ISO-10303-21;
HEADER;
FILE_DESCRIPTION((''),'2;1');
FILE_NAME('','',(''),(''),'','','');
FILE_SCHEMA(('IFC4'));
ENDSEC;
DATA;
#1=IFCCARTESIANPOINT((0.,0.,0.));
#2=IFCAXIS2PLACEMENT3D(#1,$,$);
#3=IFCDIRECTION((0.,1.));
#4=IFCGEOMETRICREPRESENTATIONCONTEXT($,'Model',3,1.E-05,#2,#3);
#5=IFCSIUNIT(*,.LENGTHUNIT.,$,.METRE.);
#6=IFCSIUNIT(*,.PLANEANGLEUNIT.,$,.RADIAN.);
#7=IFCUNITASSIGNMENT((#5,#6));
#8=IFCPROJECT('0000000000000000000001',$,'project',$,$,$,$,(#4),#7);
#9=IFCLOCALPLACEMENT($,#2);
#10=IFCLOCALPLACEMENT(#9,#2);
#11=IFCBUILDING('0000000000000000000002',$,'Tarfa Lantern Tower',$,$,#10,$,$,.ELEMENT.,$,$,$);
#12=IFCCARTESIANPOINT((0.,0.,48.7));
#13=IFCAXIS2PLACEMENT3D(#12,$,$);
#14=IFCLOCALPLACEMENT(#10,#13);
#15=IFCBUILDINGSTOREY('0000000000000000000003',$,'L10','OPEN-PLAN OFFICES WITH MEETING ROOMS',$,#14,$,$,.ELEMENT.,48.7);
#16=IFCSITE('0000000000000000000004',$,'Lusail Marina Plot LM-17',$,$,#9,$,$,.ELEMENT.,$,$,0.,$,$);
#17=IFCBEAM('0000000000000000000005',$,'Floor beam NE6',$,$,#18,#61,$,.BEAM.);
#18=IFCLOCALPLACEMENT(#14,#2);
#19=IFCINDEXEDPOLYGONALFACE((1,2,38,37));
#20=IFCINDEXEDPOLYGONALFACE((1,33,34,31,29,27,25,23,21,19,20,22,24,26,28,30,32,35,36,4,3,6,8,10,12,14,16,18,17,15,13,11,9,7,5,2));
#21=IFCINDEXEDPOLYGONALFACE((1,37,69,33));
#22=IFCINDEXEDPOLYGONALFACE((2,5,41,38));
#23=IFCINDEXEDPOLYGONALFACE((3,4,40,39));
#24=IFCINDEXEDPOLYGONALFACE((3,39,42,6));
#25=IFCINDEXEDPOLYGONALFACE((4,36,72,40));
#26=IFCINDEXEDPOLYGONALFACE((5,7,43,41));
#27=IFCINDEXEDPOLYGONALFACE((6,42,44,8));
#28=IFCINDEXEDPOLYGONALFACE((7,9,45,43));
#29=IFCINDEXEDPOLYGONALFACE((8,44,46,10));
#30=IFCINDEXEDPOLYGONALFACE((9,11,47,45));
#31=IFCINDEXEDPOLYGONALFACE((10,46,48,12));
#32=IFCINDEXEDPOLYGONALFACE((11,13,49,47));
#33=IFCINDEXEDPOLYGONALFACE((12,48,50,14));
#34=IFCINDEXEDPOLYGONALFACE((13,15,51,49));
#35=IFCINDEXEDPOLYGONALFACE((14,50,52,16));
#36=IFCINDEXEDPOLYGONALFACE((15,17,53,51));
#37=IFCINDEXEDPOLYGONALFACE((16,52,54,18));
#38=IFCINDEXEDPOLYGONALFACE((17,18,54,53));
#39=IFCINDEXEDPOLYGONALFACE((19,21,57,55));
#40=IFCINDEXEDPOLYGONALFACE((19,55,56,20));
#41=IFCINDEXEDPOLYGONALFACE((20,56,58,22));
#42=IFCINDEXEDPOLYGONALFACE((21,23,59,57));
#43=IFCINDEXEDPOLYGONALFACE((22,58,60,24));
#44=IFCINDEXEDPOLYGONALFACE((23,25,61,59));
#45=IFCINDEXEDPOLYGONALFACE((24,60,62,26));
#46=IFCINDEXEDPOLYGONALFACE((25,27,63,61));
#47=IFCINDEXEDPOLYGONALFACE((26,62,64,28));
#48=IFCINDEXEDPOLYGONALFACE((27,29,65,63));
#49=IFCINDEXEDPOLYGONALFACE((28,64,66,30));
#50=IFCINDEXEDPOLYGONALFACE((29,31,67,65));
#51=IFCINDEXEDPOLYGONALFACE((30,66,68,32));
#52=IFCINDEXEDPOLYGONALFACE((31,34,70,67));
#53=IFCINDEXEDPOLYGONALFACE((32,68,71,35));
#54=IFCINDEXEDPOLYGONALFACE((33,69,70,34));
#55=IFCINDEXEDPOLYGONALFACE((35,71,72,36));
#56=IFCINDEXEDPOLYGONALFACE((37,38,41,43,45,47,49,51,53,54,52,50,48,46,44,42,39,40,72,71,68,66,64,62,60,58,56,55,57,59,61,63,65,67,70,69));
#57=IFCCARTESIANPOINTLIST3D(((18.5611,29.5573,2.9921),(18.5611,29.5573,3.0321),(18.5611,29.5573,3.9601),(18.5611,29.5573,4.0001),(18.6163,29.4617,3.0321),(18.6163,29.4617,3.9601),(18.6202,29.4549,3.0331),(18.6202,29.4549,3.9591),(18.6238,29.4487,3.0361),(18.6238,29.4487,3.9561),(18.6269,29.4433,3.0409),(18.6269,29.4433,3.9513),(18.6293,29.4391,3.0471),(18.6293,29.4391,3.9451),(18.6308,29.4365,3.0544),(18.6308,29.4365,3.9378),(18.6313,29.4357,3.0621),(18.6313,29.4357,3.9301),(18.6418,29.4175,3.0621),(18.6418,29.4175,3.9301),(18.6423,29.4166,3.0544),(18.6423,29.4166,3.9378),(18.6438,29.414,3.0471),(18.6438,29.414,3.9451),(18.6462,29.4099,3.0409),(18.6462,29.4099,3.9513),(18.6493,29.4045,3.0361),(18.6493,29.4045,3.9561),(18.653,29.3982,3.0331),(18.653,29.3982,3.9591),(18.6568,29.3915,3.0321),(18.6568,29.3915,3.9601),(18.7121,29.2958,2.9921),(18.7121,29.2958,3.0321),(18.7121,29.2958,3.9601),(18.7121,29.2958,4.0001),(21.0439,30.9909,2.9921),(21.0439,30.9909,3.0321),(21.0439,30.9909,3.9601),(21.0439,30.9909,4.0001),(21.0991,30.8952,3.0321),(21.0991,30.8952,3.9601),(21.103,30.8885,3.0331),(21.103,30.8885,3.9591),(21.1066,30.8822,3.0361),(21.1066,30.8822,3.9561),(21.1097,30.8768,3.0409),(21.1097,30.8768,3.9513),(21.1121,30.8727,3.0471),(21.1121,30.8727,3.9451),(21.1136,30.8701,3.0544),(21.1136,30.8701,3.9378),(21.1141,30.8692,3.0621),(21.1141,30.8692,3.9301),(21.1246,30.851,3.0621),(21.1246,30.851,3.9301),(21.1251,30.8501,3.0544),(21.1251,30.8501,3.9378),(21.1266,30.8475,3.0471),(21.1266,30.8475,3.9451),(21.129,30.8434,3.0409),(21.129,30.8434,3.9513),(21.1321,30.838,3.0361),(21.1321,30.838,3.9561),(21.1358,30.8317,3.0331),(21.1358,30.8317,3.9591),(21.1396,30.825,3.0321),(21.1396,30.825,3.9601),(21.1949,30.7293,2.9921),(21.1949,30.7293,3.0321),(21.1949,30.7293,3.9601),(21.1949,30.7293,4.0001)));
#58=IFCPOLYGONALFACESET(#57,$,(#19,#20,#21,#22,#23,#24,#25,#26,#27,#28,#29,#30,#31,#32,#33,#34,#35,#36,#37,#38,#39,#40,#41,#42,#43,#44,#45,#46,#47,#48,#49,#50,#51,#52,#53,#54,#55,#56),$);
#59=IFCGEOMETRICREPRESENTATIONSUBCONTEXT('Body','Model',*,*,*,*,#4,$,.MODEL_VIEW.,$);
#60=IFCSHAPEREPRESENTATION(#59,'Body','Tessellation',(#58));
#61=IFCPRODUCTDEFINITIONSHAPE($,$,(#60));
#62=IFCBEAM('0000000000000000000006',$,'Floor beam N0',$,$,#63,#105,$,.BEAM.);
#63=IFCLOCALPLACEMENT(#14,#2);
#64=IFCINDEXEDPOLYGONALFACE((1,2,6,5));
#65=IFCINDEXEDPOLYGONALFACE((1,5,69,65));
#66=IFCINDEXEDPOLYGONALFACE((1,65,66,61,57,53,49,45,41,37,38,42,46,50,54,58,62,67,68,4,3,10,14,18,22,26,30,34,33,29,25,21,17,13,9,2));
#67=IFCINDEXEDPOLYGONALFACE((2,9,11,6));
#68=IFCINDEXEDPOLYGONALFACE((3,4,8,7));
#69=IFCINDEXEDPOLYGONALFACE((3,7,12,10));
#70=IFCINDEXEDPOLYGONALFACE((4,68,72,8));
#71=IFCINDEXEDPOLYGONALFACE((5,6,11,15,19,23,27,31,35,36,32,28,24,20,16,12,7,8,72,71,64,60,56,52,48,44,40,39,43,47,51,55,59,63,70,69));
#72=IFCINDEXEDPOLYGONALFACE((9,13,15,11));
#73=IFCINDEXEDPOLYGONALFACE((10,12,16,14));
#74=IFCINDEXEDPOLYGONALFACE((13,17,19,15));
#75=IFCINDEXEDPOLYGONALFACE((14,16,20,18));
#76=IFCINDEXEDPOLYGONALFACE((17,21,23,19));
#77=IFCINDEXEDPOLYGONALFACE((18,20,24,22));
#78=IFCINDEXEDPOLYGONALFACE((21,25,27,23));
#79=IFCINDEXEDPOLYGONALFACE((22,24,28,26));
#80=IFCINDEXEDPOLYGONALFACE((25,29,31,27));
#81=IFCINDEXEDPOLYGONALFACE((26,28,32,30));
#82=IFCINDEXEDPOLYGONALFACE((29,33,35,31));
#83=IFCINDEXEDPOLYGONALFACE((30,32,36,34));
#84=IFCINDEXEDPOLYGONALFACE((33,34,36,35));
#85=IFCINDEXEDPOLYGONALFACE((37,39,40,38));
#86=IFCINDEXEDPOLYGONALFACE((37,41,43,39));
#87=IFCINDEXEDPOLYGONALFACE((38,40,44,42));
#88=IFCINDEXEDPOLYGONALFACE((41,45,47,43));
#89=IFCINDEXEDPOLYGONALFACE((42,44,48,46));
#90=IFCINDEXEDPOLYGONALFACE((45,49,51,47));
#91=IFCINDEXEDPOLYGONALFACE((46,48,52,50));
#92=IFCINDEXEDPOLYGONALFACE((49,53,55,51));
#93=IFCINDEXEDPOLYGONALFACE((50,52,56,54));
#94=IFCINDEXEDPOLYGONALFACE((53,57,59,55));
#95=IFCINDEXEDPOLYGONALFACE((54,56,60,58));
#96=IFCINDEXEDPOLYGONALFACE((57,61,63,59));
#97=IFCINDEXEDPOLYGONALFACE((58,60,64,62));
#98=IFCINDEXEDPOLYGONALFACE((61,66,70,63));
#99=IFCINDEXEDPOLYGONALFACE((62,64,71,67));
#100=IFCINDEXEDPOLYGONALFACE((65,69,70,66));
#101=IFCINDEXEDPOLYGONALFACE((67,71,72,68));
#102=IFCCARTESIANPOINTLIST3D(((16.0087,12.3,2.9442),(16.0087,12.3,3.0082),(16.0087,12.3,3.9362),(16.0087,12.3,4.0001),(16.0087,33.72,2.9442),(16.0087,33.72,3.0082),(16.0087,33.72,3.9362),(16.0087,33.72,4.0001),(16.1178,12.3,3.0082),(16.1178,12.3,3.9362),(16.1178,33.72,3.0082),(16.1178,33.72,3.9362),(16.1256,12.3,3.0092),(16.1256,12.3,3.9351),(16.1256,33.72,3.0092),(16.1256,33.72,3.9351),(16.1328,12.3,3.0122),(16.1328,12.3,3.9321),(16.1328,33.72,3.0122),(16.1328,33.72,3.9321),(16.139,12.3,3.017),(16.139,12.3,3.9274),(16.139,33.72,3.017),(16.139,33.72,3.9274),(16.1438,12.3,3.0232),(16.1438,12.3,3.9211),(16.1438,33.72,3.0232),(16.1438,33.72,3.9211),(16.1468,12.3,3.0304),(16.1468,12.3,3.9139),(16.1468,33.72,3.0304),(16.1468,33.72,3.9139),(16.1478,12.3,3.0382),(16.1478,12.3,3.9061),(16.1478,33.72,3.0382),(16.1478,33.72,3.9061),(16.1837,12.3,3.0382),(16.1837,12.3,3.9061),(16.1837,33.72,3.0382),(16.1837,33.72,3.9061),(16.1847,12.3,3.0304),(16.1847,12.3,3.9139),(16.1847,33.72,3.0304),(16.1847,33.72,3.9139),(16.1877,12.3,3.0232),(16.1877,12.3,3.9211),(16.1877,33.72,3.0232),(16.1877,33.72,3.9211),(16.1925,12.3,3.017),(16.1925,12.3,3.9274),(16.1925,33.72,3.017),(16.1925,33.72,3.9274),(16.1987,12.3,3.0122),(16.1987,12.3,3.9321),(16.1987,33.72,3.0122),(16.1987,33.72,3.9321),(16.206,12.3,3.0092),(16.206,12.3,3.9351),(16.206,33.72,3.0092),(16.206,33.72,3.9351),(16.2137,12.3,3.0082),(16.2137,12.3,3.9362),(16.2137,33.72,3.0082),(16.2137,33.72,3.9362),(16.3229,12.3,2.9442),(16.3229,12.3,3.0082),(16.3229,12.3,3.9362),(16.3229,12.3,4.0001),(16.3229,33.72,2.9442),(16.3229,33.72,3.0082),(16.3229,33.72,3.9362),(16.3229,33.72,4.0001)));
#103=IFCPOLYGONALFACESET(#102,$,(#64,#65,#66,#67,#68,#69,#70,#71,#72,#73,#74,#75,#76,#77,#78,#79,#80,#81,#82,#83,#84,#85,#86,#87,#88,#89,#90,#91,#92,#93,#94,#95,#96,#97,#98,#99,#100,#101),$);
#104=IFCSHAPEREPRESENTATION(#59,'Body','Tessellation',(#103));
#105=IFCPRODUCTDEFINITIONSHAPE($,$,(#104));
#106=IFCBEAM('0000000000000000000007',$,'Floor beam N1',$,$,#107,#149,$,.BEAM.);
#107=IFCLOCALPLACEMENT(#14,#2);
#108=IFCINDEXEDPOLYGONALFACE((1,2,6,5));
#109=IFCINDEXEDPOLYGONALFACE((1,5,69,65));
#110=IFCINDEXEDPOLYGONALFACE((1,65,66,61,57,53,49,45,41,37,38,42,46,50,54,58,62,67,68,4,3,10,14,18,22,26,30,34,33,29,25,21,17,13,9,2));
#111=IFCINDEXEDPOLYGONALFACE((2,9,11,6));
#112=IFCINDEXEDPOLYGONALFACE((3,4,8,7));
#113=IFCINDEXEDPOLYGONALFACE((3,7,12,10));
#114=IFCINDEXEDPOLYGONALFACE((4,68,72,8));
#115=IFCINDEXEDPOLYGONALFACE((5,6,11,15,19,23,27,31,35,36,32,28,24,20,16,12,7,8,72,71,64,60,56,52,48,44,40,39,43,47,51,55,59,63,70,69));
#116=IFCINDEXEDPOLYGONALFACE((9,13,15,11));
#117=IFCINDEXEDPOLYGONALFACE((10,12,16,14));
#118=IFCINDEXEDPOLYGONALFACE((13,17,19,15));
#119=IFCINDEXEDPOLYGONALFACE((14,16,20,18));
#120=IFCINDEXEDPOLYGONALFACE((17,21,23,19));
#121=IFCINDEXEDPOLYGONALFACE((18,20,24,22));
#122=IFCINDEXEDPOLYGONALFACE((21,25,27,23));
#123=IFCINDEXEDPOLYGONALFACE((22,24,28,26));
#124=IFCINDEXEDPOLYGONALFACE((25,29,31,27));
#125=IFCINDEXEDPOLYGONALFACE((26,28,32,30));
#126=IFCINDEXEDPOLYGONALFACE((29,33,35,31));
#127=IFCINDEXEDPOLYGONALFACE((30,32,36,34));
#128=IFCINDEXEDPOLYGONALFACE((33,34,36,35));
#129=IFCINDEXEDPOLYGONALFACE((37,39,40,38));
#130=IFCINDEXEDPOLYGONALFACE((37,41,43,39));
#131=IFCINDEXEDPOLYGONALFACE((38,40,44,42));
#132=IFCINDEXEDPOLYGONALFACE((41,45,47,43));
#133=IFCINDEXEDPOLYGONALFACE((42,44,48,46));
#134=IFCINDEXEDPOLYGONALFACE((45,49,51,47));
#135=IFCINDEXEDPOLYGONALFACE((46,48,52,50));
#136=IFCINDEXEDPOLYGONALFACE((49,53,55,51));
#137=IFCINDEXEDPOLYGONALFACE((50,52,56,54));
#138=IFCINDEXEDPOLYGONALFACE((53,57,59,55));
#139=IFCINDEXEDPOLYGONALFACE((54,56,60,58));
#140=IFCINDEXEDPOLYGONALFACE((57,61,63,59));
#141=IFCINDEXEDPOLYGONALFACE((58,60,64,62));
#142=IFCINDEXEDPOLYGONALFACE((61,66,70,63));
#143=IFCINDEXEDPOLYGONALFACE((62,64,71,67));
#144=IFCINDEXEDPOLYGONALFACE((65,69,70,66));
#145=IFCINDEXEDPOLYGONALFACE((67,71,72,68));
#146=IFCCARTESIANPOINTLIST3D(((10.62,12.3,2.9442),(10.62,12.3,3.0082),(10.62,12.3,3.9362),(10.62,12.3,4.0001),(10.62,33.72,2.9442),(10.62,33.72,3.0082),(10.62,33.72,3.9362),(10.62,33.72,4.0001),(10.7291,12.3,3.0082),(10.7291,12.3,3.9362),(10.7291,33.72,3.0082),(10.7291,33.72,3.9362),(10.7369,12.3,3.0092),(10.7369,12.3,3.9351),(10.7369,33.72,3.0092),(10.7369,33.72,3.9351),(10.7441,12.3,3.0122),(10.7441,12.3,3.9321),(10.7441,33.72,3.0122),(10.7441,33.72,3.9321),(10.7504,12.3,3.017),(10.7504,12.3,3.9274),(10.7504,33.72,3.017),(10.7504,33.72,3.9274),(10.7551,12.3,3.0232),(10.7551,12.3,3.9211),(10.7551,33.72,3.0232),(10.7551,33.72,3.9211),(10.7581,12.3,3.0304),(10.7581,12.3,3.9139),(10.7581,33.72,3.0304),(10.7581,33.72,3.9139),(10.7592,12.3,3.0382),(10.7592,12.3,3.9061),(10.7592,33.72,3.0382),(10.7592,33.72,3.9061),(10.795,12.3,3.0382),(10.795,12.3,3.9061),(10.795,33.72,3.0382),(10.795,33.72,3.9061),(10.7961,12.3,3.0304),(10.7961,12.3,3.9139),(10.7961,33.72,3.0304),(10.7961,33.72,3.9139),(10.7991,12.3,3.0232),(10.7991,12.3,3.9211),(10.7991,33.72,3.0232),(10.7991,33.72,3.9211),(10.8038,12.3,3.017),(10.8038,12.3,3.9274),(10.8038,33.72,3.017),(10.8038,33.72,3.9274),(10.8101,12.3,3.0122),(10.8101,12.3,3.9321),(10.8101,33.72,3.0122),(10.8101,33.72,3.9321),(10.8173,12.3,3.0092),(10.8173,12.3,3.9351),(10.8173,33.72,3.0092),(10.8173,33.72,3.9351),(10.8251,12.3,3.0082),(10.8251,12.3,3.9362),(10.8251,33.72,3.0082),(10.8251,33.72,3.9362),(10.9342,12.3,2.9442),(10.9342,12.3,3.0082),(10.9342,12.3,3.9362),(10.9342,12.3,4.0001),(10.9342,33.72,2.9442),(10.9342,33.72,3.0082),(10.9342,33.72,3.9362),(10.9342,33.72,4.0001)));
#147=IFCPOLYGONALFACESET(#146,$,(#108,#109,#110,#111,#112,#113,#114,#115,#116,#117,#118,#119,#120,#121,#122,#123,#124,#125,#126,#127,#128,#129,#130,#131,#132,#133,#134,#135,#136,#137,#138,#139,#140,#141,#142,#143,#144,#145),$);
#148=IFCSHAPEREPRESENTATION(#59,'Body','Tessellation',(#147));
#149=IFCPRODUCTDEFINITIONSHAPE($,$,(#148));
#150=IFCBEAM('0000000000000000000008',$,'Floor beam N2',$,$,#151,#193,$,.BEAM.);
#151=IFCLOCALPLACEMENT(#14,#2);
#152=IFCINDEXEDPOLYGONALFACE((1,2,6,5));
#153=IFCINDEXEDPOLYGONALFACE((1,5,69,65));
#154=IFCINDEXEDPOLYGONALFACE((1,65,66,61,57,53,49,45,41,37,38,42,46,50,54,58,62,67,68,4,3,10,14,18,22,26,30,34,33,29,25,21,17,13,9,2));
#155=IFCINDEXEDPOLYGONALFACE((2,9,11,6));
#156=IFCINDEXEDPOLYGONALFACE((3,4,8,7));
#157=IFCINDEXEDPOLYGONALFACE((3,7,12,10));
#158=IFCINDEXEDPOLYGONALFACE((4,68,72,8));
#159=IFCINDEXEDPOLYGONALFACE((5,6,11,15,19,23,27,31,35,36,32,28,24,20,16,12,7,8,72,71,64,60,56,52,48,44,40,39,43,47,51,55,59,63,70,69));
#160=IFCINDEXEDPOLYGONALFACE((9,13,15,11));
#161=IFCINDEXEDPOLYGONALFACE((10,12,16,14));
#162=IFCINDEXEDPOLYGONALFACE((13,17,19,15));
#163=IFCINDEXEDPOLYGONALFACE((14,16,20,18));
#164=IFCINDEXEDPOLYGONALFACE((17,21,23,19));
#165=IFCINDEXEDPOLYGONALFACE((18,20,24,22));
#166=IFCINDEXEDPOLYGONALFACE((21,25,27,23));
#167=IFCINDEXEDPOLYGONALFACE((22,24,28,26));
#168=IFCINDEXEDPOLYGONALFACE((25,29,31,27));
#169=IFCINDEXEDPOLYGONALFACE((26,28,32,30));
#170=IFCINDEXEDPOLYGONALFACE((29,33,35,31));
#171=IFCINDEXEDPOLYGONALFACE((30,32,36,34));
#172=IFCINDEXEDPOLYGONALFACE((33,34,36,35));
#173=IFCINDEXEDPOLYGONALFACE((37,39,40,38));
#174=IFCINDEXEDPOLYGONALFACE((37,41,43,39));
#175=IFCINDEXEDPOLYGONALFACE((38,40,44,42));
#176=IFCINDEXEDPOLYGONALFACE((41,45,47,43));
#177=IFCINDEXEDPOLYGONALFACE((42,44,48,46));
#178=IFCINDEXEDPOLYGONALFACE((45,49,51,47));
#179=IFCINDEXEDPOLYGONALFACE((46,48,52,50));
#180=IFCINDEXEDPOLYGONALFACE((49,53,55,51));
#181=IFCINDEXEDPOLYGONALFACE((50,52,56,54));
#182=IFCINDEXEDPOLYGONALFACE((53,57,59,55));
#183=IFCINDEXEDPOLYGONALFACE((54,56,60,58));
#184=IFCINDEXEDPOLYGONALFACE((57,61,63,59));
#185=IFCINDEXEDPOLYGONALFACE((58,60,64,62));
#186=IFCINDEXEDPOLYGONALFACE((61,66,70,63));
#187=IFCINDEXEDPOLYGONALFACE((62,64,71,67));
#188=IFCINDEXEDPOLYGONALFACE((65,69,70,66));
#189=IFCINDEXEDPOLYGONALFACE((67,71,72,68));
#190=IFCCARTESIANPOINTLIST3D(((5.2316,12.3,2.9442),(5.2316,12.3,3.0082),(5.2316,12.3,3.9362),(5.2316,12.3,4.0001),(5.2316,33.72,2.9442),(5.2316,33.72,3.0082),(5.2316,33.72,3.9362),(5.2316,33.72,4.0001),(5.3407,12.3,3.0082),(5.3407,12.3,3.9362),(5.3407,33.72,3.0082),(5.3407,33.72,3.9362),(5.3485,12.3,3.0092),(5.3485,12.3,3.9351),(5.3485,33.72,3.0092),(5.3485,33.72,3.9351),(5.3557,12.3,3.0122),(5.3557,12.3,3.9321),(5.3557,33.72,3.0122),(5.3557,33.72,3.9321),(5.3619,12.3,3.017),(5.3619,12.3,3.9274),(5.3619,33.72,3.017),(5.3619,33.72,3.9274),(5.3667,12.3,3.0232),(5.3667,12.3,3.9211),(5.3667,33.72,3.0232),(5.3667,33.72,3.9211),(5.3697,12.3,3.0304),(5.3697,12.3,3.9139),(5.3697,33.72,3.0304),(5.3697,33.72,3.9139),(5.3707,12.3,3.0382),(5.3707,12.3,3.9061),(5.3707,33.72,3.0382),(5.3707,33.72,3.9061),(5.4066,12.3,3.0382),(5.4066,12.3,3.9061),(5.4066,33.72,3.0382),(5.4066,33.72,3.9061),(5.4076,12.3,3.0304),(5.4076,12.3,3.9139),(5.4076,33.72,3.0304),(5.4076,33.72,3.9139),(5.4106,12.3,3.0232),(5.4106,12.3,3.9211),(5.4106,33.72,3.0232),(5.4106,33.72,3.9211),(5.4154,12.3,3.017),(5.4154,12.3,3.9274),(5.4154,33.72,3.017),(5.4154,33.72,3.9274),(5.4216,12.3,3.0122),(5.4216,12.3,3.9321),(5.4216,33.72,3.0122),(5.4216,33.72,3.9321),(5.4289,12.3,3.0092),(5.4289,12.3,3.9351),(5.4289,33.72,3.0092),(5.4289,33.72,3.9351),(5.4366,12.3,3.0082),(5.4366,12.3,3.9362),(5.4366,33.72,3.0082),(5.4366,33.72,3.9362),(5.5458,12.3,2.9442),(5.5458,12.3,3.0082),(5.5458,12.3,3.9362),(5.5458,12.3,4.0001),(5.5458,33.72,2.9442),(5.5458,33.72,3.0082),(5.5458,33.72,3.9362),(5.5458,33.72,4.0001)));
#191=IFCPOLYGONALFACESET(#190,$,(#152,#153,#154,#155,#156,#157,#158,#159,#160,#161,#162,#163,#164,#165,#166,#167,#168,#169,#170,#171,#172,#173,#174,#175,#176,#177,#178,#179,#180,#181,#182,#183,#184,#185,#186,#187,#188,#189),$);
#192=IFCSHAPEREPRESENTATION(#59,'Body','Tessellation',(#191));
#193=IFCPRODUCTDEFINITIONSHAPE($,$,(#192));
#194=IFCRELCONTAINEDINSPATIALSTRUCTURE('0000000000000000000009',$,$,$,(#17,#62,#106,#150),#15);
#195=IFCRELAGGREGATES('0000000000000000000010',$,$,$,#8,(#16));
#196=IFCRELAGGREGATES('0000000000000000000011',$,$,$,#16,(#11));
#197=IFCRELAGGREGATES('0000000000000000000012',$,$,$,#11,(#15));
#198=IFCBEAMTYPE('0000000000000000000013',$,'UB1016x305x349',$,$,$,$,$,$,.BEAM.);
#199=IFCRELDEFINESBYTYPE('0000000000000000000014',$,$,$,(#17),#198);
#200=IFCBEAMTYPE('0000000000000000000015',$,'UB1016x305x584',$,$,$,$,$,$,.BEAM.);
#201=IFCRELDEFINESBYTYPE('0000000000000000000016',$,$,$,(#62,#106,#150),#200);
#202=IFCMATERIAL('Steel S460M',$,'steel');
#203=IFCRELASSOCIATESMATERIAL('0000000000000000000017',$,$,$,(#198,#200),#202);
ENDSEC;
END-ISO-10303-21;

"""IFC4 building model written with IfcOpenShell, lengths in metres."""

from ifc_helpers import new_model, si_unit, direction, frame, origin, origin_2d, place, context, subcontext, project, spatial, i_section, extrude, material, material_profile, profile_set, type_object, element, save


model = new_model("IFC4")

# Units and contexts
model_context = context("Model", 3, precision=1e-05, world=origin(), true_north=direction((0.0, 1.0)))
body_context = subcontext(model_context, "Body", "Model", "MODEL_VIEW")
ifc_project = project(units=[si_unit("LENGTHUNIT", "METRE"), si_unit("PLANEANGLEUNIT", "RADIAN")], contexts=[model_context])

# Site, building, storey
site_placement = place(None, origin())
site = spatial("IfcSite", under=ifc_project, at=site_placement, Name="Lusail Marina Plot LM-17", CompositionType="ELEMENT", RefElevation=0.0)
building_placement = place(site_placement, origin())
building = spatial("IfcBuilding", under=site, at=building_placement, Name="Tarfa Lantern Tower", CompositionType="ELEMENT")
storey_placement = place(building_placement, frame((0.0, 0.0, 48.7)))
storey = spatial("IfcBuildingStorey", under=building, at=storey_placement, Name="L10", Description="OPEN-PLAN OFFICES WITH MEETING ROOMS", CompositionType="ELEMENT", Elevation=48.7)

# Beams
ifc_material_1 = material(Name="Steel S460M", Category="steel")
ifc_material_profile_1 = material_profile(ifc_material_1, i_section(OverallWidth=0.302, OverallDepth=1.0081, WebThickness=0.021, FlangeThickness=0.04, FilletRadius=0.03, at=origin_2d()), Name="UB1016x305x349")
ifc_profile_set_1 = profile_set([ifc_material_profile_1], Name="Steel S460M")
beam_type_1 = type_object("IfcBeamType", Name="UB1016x305x349", PredefinedType="BEAM", material=ifc_profile_set_1)
beam_1_placement = place(storey_placement, frame((21.1194, 30.8601, 3.4961), z_axis=(-0.866013, -0.500022, 0.0), x_axis=(0.500022, -0.866013, 0.0)))
element("IfcBeam", 1, at=beam_1_placement, inside=storey, type_object=beam_type_1, Name="Floor beam NE6", PredefinedType="BEAM", context=body_context, shape_type="SweptSolid", body=[
    extrude(i_section(OverallWidth=0.302, OverallDepth=1.0081, WebThickness=0.021, FlangeThickness=0.04, FilletRadius=0.03, at=origin_2d()), origin(), (0.0, 0.0, 1.0), 2.8669),
])
ifc_material_profile_2 = material_profile(ifc_material_1, i_section(OverallWidth=0.3142, OverallDepth=1.0559, WebThickness=0.0359, FlangeThickness=0.064, FilletRadius=0.03, at=origin_2d()), Name="UB1016x305x584")
ifc_profile_set_2 = profile_set([ifc_material_profile_2], Name="Steel S460M")
beam_type_2 = type_object("IfcBeamType", Name="UB1016x305x584", PredefinedType="BEAM", material=ifc_profile_set_2)
for number, where, z_axis, x_axis, name in (
    (2, (16.1658, 33.72, 3.4722), (0.0, -1.0, 0.0), (1.0, 0.0, 0.0), "Floor beam N0"),
    (3, (10.7771, 33.72, 3.4722), (0.0, -1.0, 0.0), (1.0, 0.0, 0.0), "Floor beam N1"),
    (4, (5.3887, 33.72, 3.4722), (0.0, -1.0, 0.0), (1.0, 0.0, 0.0), "Floor beam N2"),
):
    element("IfcBeam", number, at=place(storey_placement, frame(where, z_axis=z_axis, x_axis=x_axis)), inside=storey, type_object=beam_type_2, Name=name, PredefinedType="BEAM", context=body_context, shape_type="SweptSolid", body=[
        extrude(i_section(OverallWidth=0.3142, OverallDepth=1.0559, WebThickness=0.0359, FlangeThickness=0.064, FilletRadius=0.03, at=origin_2d()), origin(), (0.0, 0.0, 1.0), 21.4199),
    ])

save(model, "model.ifc")
